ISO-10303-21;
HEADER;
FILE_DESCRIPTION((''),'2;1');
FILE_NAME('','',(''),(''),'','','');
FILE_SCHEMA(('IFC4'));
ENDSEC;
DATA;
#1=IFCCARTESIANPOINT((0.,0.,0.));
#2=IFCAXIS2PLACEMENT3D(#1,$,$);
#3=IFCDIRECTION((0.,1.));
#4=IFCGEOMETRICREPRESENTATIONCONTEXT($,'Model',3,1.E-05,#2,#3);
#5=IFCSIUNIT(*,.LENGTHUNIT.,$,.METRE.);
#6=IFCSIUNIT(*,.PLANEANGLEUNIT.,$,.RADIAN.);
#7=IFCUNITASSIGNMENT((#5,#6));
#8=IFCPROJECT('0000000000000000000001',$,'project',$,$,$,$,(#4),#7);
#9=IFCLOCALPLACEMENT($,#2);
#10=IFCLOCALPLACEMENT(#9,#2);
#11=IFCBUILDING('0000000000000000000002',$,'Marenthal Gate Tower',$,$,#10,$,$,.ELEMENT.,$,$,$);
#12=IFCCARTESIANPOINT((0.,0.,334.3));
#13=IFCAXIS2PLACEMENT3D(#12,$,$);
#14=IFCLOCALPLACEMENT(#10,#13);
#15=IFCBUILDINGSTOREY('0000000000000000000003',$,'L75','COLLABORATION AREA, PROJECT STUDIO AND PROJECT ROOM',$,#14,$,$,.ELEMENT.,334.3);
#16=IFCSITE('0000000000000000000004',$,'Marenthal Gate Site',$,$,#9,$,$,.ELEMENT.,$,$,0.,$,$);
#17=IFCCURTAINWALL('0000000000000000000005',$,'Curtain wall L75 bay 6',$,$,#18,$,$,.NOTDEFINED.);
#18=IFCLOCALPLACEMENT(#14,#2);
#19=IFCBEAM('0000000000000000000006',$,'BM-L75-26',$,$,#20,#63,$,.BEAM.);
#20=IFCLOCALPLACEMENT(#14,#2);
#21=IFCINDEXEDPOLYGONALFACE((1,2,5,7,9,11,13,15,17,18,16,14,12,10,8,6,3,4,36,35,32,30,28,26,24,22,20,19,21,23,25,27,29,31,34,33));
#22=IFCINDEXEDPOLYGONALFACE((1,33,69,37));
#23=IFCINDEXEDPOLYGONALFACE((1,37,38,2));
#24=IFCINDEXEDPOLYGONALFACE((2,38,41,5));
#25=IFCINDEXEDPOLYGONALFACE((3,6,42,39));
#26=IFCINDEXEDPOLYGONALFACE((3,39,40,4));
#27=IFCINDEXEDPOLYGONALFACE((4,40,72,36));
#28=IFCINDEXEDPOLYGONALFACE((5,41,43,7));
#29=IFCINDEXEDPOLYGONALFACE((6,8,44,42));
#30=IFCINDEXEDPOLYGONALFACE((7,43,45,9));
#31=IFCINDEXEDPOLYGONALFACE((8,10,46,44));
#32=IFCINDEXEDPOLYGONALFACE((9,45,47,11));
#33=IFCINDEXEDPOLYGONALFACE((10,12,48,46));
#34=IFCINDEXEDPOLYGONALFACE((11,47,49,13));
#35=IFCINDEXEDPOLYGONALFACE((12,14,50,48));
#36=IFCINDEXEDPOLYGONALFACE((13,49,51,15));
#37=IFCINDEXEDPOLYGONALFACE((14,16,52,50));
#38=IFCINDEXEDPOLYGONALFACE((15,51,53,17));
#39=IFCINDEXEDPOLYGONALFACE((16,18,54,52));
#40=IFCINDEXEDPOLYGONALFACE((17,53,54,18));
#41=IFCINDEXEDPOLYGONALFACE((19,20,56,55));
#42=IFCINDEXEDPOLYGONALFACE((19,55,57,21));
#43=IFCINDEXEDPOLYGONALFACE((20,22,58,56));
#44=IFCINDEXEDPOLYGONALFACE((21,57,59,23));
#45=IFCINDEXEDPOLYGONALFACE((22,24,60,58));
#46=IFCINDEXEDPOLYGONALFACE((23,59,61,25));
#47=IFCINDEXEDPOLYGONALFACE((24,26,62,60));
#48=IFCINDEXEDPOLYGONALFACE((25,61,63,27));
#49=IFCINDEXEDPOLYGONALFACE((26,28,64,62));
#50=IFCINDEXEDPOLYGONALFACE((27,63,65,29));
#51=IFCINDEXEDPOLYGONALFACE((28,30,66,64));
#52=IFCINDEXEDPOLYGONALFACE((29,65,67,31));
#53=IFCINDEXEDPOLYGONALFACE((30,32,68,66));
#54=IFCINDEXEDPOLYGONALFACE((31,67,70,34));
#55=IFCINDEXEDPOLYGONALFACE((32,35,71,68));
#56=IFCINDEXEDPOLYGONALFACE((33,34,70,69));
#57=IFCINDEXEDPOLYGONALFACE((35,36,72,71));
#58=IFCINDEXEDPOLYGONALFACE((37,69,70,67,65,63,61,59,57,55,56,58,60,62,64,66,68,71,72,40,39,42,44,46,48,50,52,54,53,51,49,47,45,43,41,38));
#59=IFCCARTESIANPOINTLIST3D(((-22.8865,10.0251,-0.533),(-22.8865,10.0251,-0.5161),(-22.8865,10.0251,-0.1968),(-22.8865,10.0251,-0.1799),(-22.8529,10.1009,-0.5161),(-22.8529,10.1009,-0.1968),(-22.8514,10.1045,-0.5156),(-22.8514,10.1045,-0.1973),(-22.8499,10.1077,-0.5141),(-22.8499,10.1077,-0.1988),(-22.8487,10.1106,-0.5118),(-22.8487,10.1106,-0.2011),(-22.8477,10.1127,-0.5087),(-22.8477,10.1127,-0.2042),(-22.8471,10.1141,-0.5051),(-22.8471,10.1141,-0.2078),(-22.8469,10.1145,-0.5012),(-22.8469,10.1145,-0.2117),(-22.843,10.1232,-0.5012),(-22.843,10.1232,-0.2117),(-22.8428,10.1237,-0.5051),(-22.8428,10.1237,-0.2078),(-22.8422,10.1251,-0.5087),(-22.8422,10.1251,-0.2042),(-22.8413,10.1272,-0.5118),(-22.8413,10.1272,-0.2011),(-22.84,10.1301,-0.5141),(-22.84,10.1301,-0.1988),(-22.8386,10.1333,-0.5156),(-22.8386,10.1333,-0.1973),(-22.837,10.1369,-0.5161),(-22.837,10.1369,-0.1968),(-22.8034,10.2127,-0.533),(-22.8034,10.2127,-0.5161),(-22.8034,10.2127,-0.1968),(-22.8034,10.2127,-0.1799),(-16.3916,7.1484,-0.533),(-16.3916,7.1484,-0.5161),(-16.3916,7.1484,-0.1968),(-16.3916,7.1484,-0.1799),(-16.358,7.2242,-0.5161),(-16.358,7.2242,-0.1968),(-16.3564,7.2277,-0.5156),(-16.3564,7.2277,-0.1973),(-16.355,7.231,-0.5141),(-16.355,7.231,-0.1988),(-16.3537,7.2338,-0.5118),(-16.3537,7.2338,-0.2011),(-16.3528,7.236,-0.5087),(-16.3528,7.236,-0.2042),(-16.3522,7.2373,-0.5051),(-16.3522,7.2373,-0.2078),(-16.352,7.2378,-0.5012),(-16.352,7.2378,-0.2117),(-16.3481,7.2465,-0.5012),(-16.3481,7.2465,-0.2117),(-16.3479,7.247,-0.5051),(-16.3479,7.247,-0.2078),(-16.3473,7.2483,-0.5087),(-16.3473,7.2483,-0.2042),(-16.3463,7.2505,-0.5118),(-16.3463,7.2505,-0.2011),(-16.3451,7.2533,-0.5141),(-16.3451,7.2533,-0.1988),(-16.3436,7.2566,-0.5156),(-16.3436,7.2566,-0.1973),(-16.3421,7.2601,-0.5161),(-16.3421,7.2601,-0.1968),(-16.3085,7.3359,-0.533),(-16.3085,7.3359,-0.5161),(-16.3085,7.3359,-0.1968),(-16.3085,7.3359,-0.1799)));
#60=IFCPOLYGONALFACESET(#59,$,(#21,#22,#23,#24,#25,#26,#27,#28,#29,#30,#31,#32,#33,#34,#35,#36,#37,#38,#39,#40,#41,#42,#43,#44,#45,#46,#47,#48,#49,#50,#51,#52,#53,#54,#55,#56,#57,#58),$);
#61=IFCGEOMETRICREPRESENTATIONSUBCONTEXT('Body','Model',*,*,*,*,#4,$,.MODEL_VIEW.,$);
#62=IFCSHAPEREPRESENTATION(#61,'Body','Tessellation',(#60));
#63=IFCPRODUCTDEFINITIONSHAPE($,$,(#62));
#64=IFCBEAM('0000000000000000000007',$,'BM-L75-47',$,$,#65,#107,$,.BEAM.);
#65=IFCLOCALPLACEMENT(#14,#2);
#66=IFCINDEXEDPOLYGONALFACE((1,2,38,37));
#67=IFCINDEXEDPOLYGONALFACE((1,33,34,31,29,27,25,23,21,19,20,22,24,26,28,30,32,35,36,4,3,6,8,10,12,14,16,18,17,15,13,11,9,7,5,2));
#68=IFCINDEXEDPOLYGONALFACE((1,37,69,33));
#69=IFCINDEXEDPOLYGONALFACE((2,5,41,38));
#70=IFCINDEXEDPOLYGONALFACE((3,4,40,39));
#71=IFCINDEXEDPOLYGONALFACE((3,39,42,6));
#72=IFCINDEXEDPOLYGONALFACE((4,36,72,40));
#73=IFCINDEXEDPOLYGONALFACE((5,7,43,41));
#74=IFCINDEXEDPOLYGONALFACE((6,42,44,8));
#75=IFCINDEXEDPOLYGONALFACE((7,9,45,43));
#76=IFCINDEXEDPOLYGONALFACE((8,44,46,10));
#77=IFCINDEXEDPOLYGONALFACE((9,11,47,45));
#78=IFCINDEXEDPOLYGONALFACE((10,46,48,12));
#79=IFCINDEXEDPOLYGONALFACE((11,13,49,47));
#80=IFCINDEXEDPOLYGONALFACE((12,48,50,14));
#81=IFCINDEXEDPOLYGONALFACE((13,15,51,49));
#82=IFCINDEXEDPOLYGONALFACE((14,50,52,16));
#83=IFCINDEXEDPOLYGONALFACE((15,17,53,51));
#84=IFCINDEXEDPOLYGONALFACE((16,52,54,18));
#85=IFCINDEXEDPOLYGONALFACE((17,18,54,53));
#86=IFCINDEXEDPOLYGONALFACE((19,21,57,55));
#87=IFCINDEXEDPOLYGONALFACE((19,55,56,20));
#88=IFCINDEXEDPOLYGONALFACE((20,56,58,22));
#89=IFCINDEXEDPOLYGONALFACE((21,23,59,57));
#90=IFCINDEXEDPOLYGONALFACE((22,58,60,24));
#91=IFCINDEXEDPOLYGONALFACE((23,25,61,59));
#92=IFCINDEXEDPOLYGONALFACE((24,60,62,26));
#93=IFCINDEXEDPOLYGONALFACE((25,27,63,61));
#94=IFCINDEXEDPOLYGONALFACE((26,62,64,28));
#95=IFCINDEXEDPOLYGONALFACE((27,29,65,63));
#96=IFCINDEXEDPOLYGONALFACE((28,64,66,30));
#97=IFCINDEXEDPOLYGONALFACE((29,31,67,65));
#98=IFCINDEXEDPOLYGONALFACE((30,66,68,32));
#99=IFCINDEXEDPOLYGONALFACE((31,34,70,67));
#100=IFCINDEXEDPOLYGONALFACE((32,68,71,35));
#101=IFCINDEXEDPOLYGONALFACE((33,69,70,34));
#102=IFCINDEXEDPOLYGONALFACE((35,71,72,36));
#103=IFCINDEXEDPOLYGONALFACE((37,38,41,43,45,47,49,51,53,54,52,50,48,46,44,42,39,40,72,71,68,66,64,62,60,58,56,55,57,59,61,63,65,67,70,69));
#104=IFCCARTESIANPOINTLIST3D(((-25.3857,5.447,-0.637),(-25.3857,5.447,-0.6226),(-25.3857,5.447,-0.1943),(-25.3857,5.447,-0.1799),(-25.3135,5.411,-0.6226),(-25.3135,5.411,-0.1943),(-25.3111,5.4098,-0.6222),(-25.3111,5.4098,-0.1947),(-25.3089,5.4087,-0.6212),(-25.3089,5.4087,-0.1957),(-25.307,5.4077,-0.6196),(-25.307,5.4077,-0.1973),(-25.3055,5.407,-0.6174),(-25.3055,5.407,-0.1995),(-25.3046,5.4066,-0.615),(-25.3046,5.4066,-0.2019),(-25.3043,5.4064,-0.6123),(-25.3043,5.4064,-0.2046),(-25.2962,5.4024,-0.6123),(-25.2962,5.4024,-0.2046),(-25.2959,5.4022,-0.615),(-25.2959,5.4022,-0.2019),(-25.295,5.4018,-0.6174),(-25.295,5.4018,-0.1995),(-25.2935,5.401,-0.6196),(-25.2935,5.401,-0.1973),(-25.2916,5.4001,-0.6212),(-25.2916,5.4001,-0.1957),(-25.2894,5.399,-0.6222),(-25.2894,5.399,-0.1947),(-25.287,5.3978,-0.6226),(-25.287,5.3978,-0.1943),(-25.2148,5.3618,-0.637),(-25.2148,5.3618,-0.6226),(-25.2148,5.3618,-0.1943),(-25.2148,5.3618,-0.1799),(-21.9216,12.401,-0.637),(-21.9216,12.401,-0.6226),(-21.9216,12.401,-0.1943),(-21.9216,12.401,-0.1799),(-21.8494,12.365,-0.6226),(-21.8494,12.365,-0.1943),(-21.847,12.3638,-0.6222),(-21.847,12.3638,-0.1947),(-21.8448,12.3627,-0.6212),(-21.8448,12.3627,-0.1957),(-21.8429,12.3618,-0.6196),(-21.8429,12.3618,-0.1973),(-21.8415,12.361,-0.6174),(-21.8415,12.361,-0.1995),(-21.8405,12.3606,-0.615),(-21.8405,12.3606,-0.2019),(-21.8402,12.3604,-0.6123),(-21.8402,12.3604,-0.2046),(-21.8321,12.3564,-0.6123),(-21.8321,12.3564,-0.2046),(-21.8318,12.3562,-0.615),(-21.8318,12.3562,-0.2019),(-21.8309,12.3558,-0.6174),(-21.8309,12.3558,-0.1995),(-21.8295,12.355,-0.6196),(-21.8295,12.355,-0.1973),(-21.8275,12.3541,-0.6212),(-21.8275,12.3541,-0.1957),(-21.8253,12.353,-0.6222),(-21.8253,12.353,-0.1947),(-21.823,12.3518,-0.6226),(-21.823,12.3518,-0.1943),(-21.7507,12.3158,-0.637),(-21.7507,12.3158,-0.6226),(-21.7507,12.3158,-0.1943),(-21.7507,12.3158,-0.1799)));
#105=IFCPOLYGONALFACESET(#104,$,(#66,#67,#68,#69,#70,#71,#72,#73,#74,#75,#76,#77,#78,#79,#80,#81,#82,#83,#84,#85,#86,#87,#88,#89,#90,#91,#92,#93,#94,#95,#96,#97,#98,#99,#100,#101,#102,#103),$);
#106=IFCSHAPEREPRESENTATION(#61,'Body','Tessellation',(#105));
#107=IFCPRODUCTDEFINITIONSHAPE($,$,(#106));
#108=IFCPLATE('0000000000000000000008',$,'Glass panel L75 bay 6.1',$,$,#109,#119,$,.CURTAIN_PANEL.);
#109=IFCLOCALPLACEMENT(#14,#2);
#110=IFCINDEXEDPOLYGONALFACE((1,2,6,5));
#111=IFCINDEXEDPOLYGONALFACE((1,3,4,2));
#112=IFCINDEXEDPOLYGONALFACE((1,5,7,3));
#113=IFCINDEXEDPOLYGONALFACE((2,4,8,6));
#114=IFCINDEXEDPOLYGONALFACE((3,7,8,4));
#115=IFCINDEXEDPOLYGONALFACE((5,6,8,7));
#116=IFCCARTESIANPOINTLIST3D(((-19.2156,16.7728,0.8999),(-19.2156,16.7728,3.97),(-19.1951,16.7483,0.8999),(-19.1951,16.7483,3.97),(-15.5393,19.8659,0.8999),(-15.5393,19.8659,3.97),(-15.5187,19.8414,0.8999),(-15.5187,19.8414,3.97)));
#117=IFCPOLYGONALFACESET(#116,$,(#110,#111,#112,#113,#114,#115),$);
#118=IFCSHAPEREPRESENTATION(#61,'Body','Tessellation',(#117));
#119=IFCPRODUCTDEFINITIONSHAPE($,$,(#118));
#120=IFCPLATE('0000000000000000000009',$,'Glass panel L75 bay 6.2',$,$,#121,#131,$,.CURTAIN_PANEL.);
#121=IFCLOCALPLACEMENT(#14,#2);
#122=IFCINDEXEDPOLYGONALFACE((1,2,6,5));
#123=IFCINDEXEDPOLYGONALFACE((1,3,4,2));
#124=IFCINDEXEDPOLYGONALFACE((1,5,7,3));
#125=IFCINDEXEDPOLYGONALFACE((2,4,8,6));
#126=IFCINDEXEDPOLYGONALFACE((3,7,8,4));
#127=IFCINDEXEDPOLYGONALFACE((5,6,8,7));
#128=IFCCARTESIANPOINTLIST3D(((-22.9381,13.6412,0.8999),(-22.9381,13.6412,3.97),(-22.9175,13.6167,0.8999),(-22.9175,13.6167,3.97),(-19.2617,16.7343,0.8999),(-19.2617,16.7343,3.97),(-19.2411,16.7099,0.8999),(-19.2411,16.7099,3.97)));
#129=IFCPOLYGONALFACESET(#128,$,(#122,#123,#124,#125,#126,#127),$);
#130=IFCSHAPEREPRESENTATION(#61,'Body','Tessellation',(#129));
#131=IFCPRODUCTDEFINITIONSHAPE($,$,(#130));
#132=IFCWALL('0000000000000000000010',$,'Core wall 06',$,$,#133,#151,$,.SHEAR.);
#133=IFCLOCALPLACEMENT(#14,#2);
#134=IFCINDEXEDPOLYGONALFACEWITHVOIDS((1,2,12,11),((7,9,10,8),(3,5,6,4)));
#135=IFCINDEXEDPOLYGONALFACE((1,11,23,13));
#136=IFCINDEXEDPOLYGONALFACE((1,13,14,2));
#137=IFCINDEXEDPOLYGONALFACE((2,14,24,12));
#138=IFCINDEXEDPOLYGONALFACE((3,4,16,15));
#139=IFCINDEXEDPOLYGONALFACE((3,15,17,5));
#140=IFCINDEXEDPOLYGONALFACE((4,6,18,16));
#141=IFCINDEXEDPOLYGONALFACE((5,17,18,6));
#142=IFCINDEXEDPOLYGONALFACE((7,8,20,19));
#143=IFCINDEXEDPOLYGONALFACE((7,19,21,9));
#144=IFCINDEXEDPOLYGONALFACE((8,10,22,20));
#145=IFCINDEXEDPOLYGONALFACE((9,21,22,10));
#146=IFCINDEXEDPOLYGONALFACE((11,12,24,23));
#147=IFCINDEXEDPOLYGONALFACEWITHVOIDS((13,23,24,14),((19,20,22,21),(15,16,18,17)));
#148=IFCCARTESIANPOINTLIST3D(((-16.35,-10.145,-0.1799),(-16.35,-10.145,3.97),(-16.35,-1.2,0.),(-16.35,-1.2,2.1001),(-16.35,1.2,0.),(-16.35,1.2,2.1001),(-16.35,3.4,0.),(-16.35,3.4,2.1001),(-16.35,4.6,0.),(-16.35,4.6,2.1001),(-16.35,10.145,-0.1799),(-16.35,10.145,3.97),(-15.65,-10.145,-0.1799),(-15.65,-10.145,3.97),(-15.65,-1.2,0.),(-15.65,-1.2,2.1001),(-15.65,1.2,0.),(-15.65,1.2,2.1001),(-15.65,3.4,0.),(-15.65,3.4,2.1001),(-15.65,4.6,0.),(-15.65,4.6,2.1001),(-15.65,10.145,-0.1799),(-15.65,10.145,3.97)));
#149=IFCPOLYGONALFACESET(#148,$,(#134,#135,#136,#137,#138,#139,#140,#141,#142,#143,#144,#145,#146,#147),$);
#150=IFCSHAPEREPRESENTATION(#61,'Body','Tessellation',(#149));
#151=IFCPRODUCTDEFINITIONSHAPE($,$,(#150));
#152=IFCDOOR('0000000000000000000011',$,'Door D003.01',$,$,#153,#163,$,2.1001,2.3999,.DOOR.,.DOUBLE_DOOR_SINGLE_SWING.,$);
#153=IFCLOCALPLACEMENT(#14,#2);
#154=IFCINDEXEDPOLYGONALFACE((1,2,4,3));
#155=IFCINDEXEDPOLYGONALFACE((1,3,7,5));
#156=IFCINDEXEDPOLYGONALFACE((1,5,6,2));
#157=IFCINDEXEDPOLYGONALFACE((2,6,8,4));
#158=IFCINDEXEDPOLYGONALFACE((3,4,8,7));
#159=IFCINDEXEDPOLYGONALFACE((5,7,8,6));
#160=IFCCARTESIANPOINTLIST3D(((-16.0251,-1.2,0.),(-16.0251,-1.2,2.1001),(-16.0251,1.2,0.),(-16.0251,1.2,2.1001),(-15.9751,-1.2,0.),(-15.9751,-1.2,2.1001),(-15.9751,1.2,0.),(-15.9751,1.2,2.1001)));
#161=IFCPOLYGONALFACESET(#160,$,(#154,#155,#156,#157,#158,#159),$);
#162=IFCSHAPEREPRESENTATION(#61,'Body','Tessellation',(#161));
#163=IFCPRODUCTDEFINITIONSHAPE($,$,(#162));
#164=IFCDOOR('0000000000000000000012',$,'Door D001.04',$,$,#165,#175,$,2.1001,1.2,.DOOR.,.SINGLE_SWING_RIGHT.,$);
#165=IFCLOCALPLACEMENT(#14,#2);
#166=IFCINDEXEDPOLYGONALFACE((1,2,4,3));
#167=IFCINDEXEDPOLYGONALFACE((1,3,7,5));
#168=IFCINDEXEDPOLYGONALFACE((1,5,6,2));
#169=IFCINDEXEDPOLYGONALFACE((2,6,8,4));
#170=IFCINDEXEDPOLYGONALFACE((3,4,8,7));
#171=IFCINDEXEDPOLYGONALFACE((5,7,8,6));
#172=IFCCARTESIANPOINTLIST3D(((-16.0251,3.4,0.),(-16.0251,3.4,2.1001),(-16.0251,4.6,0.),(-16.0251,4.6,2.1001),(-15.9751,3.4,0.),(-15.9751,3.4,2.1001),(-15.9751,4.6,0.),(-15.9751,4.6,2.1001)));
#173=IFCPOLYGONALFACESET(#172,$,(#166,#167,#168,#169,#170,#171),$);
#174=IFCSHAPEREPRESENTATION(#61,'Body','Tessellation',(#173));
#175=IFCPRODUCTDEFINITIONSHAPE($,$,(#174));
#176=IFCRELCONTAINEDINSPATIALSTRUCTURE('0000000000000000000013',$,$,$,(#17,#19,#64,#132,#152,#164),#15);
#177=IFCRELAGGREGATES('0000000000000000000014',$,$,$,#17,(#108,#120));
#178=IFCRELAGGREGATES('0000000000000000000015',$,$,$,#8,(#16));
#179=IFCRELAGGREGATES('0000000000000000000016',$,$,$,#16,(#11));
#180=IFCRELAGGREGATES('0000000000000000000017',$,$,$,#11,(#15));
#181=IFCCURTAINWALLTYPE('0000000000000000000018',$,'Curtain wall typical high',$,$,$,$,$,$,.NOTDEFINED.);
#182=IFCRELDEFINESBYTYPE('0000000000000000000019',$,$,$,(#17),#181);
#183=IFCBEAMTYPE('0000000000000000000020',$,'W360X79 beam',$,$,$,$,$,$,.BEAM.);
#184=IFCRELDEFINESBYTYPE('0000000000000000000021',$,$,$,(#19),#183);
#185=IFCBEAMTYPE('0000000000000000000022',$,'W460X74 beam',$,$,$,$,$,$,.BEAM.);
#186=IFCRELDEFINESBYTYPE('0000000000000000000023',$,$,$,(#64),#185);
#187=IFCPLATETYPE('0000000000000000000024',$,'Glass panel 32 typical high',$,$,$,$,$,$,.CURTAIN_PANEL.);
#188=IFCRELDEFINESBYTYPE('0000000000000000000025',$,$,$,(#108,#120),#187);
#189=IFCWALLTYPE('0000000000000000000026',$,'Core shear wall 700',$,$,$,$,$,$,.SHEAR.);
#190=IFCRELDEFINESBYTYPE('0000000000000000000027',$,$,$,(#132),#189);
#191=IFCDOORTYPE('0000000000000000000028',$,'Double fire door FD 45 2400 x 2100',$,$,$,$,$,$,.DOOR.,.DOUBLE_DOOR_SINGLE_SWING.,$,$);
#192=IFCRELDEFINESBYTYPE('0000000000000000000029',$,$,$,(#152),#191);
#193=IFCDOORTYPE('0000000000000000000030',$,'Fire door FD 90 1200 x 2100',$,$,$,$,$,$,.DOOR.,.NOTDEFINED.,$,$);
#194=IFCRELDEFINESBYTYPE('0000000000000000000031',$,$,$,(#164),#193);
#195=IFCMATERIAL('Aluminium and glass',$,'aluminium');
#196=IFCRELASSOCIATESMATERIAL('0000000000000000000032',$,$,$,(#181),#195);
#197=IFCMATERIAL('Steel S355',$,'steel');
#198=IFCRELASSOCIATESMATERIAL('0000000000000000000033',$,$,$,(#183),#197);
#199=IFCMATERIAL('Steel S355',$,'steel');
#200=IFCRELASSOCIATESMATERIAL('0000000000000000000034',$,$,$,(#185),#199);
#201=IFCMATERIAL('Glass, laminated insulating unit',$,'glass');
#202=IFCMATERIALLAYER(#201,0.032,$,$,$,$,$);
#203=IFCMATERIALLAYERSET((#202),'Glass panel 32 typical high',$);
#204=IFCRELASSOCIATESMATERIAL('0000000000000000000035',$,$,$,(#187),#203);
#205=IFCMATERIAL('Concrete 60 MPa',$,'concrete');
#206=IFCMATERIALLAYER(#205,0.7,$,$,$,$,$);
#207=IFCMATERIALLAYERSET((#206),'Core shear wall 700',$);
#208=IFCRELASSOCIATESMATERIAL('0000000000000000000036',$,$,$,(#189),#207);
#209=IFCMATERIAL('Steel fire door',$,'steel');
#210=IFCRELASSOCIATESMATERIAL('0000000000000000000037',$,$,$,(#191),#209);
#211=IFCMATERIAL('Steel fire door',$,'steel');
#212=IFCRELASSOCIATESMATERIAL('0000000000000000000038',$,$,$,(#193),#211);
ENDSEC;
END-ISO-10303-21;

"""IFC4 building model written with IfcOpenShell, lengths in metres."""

from ifc_helpers import new_model, si_unit, direction, frame, frame_2d, origin, origin_2d, place, context, subcontext, project, spatial, rectangle, i_section, extrude, material, layer, layer_set, material_profile, profile_set, type_object, element, fill, aggregate, save


model = new_model("IFC4")

# Units and contexts
model_context = context("Model", 3, precision=1e-05, world=origin(), true_north=direction((0.0, 1.0)))
body_context = subcontext(model_context, "Body", "Model", "MODEL_VIEW")
ifc_project = project(units=[si_unit("LENGTHUNIT", "METRE"), si_unit("PLANEANGLEUNIT", "RADIAN")], contexts=[model_context])

# Site, building, storey
site_placement = place(None, origin())
site = spatial("IfcSite", under=ifc_project, at=site_placement, Name="Marenthal Gate Site", CompositionType="ELEMENT", RefElevation=0.0)
building_placement = place(site_placement, origin())
building = spatial("IfcBuilding", under=site, at=building_placement, Name="Marenthal Gate Tower", CompositionType="ELEMENT")
storey_placement = place(building_placement, frame((0.0, 0.0, 334.3)))
storey = spatial("IfcBuildingStorey", under=building, at=storey_placement, Name="L75", Description="COLLABORATION AREA, PROJECT STUDIO AND PROJECT ROOM", CompositionType="ELEMENT", Elevation=334.3)

# Curtain wall
ifc_material_1 = material(Name="Aluminium and glass", Category="aluminium")
curtain_wall_type = type_object("IfcCurtainWallType", Name="Curtain wall typical high", PredefinedType="NOTDEFINED", material=ifc_material_1)
curtain_wall_placement = place(storey_placement, origin())
curtain_wall = element("IfcCurtainWall", 1, at=curtain_wall_placement, inside=storey, type_object=curtain_wall_type, Name="Curtain wall L75 bay 6", PredefinedType="NOTDEFINED")

# Beams
ifc_material_2 = material(Name="Steel S355", Category="steel")
ifc_material_profile_1 = material_profile(ifc_material_2, i_section(OverallWidth=0.2051, OverallDepth=0.353, WebThickness=0.0095, FlangeThickness=0.0168, FilletRadius=0.0149, at=origin_2d()), Name="W360X79")
ifc_profile_set_1 = profile_set([ifc_material_profile_1], Name="Steel S355")
beam_type_1 = type_object("IfcBeamType", Name="W360X79 beam", PredefinedType="BEAM", material=ifc_profile_set_1)
beam_1_placement = place(storey_placement, frame((-22.845, 10.1189, -0.3564), z_axis=(0.914328, -0.404974, 0.0), x_axis=(0.404974, 0.914328, 0.0)))
element("IfcBeam", 2, at=beam_1_placement, inside=storey, type_object=beam_type_1, Name="BM-L75-26", PredefinedType="BEAM", context=body_context, shape_type="SweptSolid", body=[
    extrude(i_section(OverallWidth=0.2051, OverallDepth=0.353, WebThickness=0.0095, FlangeThickness=0.0168, FilletRadius=0.0149, at=origin_2d()), origin(), (0.0, 0.0, 1.0), 7.1035),
])
ifc_material_3 = material(Name="Steel S355", Category="steel")
ifc_material_profile_2 = material_profile(ifc_material_3, i_section(OverallWidth=0.1909, OverallDepth=0.457, WebThickness=0.009, FlangeThickness=0.0144, FilletRadius=0.0103, at=origin_2d()), Name="W460X74")
ifc_profile_set_2 = profile_set([ifc_material_profile_2], Name="Steel S355")
beam_type_2 = type_object("IfcBeamType", Name="W460X74 beam", PredefinedType="BEAM", material=ifc_profile_set_2)
beam_2_placement = place(storey_placement, frame((-21.8362, 12.3584, -0.4084), z_axis=(-0.445881, -0.895092, 0.0), x_axis=(0.895092, -0.445881, 0.0)))
element("IfcBeam", 3, at=beam_2_placement, inside=storey, type_object=beam_type_2, Name="BM-L75-47", PredefinedType="BEAM", context=body_context, shape_type="SweptSolid", body=[
    extrude(i_section(OverallWidth=0.1909, OverallDepth=0.457, WebThickness=0.009, FlangeThickness=0.0144, FilletRadius=0.0103, at=origin_2d()), origin(), (0.0, 0.0, 1.0), 7.769),
])

# Plates
ifc_material_4 = material(Name="Glass, laminated insulating unit", Category="glass")
ifc_layer_1 = layer(ifc_material_4, 0.032)
ifc_layer_set_1 = layer_set([ifc_layer_1], Name="Glass panel 32 typical high")
plate_type = type_object("IfcPlateType", Name="Glass panel 32 typical high", PredefinedType="CURTAIN_PANEL", material=ifc_layer_set_1)
plate_1_placement = place(storey_placement, frame((-17.3672, 18.3071, 0.8999), z_axis=(0.0, 0.0, 1.0), x_axis=(-0.765193, -0.643801, 0.0)))
plate_1 = element("IfcPlate", 4, at=plate_1_placement, type_object=plate_type, Name="Glass panel L75 bay 6.1", PredefinedType="CURTAIN_PANEL", context=body_context, shape_type="SweptSolid", body=[
    extrude(rectangle(XDim=4.8044, YDim=0.032, at=origin_2d()), origin(), (0.0, 0.0, 1.0), 3.0701),
])
plate_2_placement = place(storey_placement, frame((-21.0896, 15.1755, 0.8999), z_axis=(0.0, 0.0, 1.0), x_axis=(-0.765193, -0.643801, 0.0)))
plate_2 = element("IfcPlate", 5, at=plate_2_placement, type_object=plate_type, Name="Glass panel L75 bay 6.2", PredefinedType="CURTAIN_PANEL", context=body_context, shape_type="SweptSolid", body=[
    extrude(rectangle(XDim=4.8044, YDim=0.032, at=origin_2d()), origin(), (0.0, 0.0, 1.0), 3.0701),
])
aggregate(curtain_wall, [plate_1, plate_2])

# Wall, openings, doors
ifc_material_5 = material(Name="Concrete 60 MPa", Category="concrete")
ifc_layer_2 = layer(ifc_material_5, 0.7)
ifc_layer_set_2 = layer_set([ifc_layer_2], Name="Core shear wall 700")
wall_type_1 = type_object("IfcWallType", Name="Core shear wall 700", PredefinedType="SHEAR", material=ifc_layer_set_2)
wall_1_placement = place(storey_placement, frame((-16.0, 10.145, -0.1799), z_axis=(0.0, 0.0, 1.0), x_axis=(0.0, -1.0, 0.0)))
wall_1 = element("IfcWall", 6, at=wall_1_placement, inside=storey, type_object=wall_type_1, Name="Core wall 06", PredefinedType="SHEAR", context=body_context, shape_type="SweptSolid", body=[
    extrude(rectangle(XDim=20.29, YDim=0.7, at=frame_2d((10.145, 0.0))), origin(), (0.0, 0.0, 1.0), 4.1499),
])
opening_1_placement = place(wall_1_placement, frame((8.9451, 0.0, 0.1799)))
opening_1 = element("IfcOpeningElement", 7, at=opening_1_placement, cuts=wall_1, PredefinedType="OPENING", context=body_context, shape_type="SweptSolid", body=[
    extrude(rectangle(XDim=2.3999, YDim=2.1001, at=frame_2d((1.2, 1.05))), frame((0.0, 0.3599, 0.0), z_axis=(0.0, -1.0, 0.0), x_axis=(1.0, 0.0, 0.0)), (0.0, 0.0, 1.0), 0.72),
])
opening_2_placement = place(wall_1_placement, frame((5.5449, 0.0, 0.1799)))
opening_2 = element("IfcOpeningElement", 8, at=opening_2_placement, cuts=wall_1, PredefinedType="OPENING", context=body_context, shape_type="SweptSolid", body=[
    extrude(rectangle(XDim=1.2, YDim=2.1001, at=frame_2d((0.6001, 1.05))), frame((0.0, 0.3599, 0.0), z_axis=(0.0, -1.0, 0.0), x_axis=(1.0, 0.0, 0.0)), (0.0, 0.0, 1.0), 0.72),
])
ifc_material_6 = material(Name="Steel fire door", Category="steel")
door_type_1 = type_object("IfcDoorType", Name="Double fire door FD 45 2400 x 2100", OperationType="DOUBLE_DOOR_SINGLE_SWING", PredefinedType="DOOR", material=ifc_material_6)
door_1_placement = place(opening_1_placement, origin())
door_1 = element("IfcDoor", 9, at=door_1_placement, inside=storey, type_object=door_type_1, Name="Door D003.01", OperationType="DOUBLE_DOOR_SINGLE_SWING", OverallHeight=2.1001, OverallWidth=2.3999, PredefinedType="DOOR", context=body_context, shape_type="SweptSolid", body=[
    extrude(rectangle(XDim=2.3999, YDim=2.1001, at=frame_2d((1.2, 1.05))), frame((0.0, 0.0249, 0.0), z_axis=(0.0, -1.0, 0.0), x_axis=(1.0, 0.0, 0.0)), (0.0, 0.0, 1.0), 0.05),
])
fill(opening_1, door_1)
ifc_material_7 = material(Name="Steel fire door", Category="steel")
door_type_2 = type_object("IfcDoorType", Name="Fire door FD 90 1200 x 2100", OperationType="NOTDEFINED", PredefinedType="DOOR", material=ifc_material_7)
door_2_placement = place(opening_2_placement, origin())
door_2 = element("IfcDoor", 10, at=door_2_placement, inside=storey, type_object=door_type_2, Name="Door D001.04", OperationType="SINGLE_SWING_RIGHT", OverallHeight=2.1001, OverallWidth=1.2, PredefinedType="DOOR", context=body_context, shape_type="SweptSolid", body=[
    extrude(rectangle(XDim=1.2, YDim=2.1001, at=frame_2d((0.6001, 1.05))), frame((0.0, 0.0249, 0.0), z_axis=(0.0, -1.0, 0.0), x_axis=(1.0, 0.0, 0.0)), (0.0, 0.0, 1.0), 0.05),
])
fill(opening_2, door_2)

save(model, "model.ifc")
